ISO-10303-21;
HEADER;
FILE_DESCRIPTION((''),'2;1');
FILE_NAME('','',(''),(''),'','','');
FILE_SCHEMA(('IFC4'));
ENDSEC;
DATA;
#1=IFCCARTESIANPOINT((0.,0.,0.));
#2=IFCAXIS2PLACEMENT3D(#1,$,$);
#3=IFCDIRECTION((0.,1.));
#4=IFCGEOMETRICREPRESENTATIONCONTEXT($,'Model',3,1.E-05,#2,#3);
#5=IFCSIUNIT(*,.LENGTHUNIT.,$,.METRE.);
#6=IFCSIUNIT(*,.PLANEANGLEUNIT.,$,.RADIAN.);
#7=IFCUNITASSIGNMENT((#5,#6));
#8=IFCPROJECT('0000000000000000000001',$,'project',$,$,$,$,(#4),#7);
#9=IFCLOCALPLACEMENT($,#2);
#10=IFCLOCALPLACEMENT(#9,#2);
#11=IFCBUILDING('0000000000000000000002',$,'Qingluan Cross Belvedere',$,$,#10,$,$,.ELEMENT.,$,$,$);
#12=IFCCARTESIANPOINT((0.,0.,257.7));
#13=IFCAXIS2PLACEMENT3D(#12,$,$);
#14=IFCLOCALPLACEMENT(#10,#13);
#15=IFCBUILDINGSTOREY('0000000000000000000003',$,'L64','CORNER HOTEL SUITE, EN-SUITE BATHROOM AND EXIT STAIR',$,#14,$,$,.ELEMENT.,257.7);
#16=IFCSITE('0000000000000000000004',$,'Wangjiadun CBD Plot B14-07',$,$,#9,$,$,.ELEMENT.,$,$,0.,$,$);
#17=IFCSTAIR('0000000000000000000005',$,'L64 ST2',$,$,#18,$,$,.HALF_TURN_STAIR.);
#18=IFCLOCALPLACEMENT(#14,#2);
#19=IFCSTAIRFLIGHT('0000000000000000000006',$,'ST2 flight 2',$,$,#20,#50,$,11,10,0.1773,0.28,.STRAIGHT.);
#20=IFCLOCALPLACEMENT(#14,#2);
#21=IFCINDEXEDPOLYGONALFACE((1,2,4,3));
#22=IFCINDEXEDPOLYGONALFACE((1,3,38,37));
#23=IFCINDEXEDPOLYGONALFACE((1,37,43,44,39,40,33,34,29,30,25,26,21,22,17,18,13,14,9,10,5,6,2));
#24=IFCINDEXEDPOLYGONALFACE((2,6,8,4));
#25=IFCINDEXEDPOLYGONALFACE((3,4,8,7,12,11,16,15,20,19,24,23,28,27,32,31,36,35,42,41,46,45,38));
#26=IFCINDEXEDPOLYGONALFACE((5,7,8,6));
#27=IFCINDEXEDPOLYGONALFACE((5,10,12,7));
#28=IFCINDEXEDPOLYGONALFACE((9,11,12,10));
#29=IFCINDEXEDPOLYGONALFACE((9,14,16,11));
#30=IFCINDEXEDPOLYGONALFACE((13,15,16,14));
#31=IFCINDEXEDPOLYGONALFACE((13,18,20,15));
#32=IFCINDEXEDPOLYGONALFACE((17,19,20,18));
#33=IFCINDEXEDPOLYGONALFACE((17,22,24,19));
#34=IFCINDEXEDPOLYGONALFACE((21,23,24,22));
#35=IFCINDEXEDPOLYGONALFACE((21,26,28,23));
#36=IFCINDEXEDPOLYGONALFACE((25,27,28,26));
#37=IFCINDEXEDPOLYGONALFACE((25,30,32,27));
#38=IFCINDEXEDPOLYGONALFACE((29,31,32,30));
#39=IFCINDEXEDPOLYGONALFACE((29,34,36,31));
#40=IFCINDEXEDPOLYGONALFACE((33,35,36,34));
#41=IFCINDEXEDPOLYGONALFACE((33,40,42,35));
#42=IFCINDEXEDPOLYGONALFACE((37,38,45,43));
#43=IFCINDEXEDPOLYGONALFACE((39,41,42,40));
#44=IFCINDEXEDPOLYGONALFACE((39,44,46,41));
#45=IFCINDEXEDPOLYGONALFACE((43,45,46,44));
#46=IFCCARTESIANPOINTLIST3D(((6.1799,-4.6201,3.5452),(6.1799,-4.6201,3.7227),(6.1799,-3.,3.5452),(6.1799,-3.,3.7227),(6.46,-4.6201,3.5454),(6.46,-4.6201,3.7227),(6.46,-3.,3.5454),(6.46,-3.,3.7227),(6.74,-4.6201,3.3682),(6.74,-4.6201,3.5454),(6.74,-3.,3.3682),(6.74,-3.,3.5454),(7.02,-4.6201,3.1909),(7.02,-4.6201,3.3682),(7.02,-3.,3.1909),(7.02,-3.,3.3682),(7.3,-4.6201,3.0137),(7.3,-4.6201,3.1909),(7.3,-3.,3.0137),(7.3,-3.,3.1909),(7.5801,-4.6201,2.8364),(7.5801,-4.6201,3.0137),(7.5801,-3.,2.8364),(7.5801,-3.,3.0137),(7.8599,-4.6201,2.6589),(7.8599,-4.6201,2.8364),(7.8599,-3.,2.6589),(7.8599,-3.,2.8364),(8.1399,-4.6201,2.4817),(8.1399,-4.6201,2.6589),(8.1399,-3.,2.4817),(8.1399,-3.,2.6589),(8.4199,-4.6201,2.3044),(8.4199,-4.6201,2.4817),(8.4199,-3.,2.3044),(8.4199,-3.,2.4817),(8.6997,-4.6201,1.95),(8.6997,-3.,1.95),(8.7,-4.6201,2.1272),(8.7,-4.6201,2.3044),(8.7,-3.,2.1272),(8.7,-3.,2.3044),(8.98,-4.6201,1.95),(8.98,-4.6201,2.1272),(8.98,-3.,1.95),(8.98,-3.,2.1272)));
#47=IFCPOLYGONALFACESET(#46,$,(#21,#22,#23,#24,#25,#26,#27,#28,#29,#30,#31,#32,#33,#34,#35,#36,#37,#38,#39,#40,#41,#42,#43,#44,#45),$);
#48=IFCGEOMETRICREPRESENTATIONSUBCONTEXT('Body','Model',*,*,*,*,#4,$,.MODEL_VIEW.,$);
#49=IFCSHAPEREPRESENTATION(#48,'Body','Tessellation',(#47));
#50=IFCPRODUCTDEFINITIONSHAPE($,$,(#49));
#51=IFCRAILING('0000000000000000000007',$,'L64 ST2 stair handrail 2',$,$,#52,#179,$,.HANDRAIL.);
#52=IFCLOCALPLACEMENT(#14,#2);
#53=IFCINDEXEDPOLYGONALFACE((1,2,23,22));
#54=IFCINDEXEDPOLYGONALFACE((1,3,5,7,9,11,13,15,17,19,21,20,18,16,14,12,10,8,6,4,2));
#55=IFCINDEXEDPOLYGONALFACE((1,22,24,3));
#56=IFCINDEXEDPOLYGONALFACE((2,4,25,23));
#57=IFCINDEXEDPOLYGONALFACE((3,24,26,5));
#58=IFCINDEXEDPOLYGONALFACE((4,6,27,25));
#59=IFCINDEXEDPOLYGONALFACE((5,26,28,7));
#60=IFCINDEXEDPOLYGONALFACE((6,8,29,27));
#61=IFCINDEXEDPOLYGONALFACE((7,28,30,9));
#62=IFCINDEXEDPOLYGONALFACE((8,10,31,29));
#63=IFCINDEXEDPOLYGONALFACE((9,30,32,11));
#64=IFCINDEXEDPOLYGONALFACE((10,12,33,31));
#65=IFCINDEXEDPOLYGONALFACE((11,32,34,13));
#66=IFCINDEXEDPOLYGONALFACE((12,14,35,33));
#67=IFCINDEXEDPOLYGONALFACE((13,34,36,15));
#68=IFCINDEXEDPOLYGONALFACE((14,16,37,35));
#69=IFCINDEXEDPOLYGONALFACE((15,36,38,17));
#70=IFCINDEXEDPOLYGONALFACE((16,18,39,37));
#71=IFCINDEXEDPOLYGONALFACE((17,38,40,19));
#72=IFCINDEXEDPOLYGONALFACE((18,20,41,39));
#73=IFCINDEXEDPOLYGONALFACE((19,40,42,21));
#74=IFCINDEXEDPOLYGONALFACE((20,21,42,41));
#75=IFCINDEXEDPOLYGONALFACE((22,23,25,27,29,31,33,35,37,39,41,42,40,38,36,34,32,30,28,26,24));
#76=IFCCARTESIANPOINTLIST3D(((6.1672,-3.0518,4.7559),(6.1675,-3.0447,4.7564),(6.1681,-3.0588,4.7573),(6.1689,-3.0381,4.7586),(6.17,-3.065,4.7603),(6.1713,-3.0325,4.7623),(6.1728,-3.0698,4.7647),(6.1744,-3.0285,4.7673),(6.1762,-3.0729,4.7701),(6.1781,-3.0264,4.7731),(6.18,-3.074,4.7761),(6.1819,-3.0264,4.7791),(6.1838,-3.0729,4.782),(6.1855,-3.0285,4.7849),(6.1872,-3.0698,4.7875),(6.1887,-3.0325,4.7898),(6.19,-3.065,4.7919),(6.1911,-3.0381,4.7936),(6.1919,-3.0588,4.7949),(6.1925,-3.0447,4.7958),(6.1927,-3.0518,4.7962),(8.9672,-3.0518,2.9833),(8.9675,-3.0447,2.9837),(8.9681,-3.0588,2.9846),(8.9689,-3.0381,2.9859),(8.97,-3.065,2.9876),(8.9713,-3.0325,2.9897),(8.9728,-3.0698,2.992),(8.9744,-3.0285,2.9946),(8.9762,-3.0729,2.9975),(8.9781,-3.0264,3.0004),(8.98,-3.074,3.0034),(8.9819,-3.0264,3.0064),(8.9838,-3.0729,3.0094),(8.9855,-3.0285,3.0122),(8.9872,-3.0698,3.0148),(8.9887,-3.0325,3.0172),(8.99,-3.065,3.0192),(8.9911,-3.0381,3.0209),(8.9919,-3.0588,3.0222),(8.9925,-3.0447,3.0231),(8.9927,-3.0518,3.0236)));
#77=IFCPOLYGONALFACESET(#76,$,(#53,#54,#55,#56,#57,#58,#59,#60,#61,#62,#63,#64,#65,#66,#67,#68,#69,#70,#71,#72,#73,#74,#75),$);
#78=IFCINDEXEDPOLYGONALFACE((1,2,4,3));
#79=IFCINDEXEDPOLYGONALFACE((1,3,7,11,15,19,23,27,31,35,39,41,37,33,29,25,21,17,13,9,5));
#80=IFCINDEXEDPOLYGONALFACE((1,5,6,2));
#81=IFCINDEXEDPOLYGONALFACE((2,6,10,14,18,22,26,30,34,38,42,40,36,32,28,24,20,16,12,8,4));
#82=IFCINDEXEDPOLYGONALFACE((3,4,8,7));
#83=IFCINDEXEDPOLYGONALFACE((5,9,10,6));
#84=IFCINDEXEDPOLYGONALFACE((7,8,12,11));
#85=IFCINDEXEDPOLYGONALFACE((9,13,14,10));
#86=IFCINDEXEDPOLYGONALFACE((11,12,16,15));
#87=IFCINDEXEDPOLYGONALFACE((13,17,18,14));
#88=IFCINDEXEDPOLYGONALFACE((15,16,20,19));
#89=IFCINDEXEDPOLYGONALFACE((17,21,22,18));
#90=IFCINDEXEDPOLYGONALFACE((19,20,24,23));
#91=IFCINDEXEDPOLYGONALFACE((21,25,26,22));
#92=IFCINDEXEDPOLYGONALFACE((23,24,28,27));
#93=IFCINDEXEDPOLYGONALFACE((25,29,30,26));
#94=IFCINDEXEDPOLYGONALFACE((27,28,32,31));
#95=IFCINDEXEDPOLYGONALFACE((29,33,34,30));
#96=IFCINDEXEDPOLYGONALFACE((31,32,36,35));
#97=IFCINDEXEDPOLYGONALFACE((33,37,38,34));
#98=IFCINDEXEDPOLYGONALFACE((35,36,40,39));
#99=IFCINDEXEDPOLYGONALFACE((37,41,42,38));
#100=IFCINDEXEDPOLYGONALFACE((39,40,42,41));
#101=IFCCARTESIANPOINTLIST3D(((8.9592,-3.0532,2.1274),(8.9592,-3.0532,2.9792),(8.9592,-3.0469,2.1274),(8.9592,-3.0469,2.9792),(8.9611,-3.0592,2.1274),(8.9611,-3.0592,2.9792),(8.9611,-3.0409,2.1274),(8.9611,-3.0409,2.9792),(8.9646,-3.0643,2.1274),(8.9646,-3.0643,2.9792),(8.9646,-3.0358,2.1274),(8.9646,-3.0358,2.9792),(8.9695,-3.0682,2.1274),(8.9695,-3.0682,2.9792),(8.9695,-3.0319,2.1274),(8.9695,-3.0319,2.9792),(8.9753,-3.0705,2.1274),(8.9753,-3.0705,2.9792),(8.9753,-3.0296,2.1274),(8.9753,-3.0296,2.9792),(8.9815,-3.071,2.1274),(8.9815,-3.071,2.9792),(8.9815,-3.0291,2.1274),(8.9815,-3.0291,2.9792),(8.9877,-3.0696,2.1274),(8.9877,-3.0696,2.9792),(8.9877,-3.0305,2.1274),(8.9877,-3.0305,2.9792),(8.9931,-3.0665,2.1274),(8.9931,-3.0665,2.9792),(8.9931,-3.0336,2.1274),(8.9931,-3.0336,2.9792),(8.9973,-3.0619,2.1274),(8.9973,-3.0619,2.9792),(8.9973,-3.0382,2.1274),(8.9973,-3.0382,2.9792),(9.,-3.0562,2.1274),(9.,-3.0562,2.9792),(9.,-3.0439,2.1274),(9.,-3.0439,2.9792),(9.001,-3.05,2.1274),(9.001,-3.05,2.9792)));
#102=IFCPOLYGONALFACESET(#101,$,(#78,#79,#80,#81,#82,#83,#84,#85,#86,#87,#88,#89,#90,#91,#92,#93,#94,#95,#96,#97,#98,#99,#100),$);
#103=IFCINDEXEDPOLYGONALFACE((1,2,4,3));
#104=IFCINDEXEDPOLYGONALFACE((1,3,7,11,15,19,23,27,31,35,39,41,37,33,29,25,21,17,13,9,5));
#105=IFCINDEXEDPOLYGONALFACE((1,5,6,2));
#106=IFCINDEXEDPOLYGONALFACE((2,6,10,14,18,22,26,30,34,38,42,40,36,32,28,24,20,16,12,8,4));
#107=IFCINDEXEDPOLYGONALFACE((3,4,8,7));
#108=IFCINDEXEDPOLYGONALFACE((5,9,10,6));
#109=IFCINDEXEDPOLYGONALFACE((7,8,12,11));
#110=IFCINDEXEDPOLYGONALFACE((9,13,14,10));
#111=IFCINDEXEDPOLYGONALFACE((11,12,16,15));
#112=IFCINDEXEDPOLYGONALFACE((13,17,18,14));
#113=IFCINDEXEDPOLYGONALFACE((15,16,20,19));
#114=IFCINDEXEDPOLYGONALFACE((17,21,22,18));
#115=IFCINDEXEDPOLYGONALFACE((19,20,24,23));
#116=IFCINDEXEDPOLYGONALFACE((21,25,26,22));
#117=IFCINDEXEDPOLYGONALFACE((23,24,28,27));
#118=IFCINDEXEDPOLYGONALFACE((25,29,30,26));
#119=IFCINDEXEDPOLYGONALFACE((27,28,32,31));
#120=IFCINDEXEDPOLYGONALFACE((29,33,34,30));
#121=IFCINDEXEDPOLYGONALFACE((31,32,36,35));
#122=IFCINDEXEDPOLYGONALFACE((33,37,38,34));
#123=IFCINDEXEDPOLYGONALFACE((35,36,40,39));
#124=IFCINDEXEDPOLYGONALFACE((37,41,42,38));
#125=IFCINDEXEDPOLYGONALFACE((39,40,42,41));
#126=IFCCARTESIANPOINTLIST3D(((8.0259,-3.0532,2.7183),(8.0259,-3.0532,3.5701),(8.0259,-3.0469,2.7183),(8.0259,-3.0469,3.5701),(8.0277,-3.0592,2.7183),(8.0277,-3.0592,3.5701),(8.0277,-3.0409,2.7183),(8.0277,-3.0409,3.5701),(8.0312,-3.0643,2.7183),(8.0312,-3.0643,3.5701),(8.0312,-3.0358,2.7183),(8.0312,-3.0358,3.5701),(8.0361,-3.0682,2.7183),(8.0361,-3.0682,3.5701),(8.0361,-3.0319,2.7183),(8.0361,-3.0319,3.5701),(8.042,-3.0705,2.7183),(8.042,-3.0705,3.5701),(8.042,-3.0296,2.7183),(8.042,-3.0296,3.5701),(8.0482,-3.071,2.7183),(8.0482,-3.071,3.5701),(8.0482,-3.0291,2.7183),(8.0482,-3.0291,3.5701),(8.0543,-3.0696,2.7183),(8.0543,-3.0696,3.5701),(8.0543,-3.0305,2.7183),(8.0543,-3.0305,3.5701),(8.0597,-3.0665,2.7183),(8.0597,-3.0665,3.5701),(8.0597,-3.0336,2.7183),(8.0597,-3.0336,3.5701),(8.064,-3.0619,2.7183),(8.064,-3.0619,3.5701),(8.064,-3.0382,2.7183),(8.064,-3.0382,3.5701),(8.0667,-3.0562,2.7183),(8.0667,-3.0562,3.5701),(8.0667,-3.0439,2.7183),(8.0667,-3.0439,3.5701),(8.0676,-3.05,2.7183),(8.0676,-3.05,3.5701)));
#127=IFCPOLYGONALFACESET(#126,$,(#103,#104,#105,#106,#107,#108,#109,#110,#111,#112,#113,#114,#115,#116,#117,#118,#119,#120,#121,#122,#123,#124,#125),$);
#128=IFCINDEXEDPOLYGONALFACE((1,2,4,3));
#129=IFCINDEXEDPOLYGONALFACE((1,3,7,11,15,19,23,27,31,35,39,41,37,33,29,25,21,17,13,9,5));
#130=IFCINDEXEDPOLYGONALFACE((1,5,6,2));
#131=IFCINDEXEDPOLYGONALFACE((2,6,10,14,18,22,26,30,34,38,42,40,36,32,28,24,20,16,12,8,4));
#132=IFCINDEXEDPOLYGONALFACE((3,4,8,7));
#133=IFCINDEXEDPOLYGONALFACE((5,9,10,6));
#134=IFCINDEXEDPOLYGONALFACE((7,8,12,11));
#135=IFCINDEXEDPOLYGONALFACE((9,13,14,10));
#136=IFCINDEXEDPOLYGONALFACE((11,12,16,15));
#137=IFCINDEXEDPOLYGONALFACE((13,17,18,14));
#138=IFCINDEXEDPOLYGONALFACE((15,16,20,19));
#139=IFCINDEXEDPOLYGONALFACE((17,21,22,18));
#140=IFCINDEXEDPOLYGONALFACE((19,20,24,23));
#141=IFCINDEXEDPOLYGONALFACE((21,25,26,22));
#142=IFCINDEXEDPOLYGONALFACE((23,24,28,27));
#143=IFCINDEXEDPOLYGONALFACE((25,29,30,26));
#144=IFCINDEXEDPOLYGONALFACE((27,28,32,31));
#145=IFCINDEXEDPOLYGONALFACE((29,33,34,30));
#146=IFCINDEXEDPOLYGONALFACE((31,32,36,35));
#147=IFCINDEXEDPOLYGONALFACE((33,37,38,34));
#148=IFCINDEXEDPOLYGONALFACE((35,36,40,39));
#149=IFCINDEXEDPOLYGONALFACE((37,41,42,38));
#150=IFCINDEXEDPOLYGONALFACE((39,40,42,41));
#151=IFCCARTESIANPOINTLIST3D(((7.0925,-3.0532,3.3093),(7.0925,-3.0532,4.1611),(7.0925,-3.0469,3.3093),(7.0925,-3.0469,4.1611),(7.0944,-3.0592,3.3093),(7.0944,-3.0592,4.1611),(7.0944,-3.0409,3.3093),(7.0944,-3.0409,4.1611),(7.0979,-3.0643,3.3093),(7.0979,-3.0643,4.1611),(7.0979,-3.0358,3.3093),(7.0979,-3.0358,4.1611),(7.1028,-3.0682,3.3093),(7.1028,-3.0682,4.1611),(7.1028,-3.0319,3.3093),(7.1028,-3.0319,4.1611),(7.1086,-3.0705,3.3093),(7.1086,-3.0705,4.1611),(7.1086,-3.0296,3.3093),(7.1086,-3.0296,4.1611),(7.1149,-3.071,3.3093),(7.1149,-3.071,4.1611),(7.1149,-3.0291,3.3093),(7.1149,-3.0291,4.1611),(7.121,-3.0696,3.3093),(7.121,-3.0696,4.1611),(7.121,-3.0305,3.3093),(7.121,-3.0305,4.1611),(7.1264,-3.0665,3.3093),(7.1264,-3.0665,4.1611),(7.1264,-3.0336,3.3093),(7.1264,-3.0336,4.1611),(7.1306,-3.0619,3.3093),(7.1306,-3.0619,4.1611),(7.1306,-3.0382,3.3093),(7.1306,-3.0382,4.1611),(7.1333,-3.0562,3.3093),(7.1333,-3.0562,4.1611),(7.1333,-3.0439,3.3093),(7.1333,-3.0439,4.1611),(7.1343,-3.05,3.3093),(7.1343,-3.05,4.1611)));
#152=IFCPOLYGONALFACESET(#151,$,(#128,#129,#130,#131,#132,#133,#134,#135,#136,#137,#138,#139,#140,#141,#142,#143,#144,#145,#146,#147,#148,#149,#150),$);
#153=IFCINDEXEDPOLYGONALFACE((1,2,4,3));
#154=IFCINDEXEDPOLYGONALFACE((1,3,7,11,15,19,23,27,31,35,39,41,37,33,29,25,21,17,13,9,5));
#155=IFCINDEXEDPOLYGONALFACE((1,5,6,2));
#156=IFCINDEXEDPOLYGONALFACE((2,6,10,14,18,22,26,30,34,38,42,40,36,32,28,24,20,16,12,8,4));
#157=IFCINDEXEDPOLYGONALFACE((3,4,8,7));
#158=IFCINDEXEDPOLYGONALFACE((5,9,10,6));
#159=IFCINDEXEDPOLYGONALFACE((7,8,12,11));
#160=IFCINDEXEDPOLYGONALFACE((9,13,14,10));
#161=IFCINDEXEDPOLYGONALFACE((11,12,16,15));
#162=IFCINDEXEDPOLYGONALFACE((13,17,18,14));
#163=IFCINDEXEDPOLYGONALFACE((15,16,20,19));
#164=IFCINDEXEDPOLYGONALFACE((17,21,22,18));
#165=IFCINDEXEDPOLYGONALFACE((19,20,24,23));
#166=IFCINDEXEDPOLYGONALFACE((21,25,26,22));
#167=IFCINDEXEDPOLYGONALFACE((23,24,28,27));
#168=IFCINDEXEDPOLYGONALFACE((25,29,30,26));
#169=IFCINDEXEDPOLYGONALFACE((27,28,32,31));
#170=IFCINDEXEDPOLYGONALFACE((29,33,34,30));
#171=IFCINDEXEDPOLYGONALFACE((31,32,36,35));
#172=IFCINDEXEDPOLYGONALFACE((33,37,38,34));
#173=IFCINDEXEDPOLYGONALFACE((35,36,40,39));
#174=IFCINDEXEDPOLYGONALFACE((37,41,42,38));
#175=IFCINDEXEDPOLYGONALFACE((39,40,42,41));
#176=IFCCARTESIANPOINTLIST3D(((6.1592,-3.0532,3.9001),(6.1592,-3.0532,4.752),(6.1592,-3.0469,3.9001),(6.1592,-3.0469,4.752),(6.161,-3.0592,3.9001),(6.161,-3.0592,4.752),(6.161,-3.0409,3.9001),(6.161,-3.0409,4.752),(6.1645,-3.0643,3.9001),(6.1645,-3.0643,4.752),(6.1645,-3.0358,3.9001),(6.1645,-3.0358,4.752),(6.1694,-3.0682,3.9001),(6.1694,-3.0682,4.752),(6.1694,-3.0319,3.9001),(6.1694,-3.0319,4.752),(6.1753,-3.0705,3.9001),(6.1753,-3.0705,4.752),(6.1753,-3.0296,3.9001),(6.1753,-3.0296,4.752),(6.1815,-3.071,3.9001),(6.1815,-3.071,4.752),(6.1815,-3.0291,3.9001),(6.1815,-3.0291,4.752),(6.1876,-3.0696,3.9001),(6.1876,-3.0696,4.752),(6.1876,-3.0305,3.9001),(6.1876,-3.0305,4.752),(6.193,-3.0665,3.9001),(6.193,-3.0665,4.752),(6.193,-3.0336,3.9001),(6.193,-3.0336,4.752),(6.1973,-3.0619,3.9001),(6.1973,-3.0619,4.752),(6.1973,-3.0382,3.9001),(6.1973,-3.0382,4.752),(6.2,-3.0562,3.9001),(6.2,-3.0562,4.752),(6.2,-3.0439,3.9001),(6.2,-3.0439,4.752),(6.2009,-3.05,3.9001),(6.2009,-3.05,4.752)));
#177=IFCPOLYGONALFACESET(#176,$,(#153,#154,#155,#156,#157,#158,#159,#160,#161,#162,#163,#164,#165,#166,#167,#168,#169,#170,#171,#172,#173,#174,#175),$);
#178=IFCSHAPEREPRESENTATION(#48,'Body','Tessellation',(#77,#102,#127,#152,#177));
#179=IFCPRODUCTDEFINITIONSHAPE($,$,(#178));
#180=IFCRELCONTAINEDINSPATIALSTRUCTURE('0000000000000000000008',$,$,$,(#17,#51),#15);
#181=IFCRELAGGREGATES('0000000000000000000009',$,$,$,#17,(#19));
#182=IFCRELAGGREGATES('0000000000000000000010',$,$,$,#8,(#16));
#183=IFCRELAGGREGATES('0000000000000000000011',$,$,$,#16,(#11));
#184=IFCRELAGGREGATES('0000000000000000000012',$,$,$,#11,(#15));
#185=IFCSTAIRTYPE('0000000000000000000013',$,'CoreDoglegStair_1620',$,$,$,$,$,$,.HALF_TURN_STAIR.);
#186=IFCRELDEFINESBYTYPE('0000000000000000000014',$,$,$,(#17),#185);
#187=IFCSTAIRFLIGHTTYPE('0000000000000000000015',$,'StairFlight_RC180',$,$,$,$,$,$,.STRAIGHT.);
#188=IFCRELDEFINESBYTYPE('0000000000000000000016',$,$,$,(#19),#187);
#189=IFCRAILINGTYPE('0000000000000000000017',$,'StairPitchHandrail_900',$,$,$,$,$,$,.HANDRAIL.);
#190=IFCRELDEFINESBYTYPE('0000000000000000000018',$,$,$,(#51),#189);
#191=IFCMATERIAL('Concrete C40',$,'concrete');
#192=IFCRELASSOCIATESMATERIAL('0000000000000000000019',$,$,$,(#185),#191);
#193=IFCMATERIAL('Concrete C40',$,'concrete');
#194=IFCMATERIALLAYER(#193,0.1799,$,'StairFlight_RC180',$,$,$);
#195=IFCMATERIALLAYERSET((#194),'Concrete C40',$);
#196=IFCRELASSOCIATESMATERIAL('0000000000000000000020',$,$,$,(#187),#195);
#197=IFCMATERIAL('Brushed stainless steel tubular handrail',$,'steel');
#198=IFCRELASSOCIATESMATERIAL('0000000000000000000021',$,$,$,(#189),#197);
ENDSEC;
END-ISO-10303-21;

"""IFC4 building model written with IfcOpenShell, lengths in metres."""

from ifc_helpers import new_model, si_unit, direction, frame, origin, origin_2d, place, context, subcontext, project, spatial, polyline, circle, outline, extrude, material, layer, layer_set, type_object, element, aggregate, save


model = new_model("IFC4")

# Units and contexts
model_context = context("Model", 3, precision=1e-05, world=origin(), true_north=direction((0.0, 1.0)))
body_context = subcontext(model_context, "Body", "Model", "MODEL_VIEW")
ifc_project = project(units=[si_unit("LENGTHUNIT", "METRE"), si_unit("PLANEANGLEUNIT", "RADIAN")], contexts=[model_context])

# Site, building, storey
site_placement = place(None, origin())
site = spatial("IfcSite", under=ifc_project, at=site_placement, Name="Wangjiadun CBD Plot B14-07", CompositionType="ELEMENT", RefElevation=0.0)
building_placement = place(site_placement, origin())
building = spatial("IfcBuilding", under=site, at=building_placement, Name="Qingluan Cross Belvedere", CompositionType="ELEMENT")
storey_placement = place(building_placement, frame((0.0, 0.0, 257.7)))
storey = spatial("IfcBuildingStorey", under=building, at=storey_placement, Name="L64", Description="CORNER HOTEL SUITE, EN-SUITE BATHROOM AND EXIT STAIR", CompositionType="ELEMENT", Elevation=257.7)

# Stair, stair flight
ifc_material_1 = material(Name="Concrete C40", Category="concrete")
stair_type = type_object("IfcStairType", Name="CoreDoglegStair_1620", PredefinedType="HALF_TURN_STAIR", material=ifc_material_1)
stair_placement = place(storey_placement, origin())
stair = element("IfcStair", 1, at=stair_placement, inside=storey, type_object=stair_type, Name="L64 ST2", PredefinedType="HALF_TURN_STAIR")
ifc_material_2 = material(Name="Concrete C40", Category="concrete")
ifc_layer_1 = layer(ifc_material_2, 0.1799, Name="StairFlight_RC180")
ifc_layer_set_1 = layer_set([ifc_layer_1], Name="Concrete C40")
stair_flight_type = type_object("IfcStairFlightType", Name="StairFlight_RC180", PredefinedType="STRAIGHT", material=ifc_layer_set_1)
stair_flight_placement = place(storey_placement, frame((8.98, -3.8101, 1.95), z_axis=(0.0, 0.0, 1.0), x_axis=(-1.0, 0.0, 0.0)))
stair_flight = element("IfcStairFlight", 2, at=stair_flight_placement, type_object=stair_flight_type, Name="ST2 flight 2", NumberOfRisers=11, NumberOfTreads=10, PredefinedType="STRAIGHT", RiserHeight=0.1773, TreadLength=0.28, context=body_context, shape_type="SweptSolid", body=[
    extrude(outline(polyline([(0.0, 0.0), (0.0, 0.1772), (0.28, 0.1772), (0.28, 0.3545), (0.5601, 0.3545), (0.5601, 0.5317), (0.8401, 0.5317), (0.8401, 0.709), (1.1201, 0.709), (1.1201, 0.8865), (1.3999, 0.8865), (1.3999, 1.0637), (1.6799, 1.0637), (1.6799, 1.241), (1.96, 1.241), (1.96, 1.4182), (2.24, 1.4182), (2.24, 1.5955), (2.52, 1.5955), (2.52, 1.7727), (2.8, 1.7727), (2.8, 1.95), (2.8, 1.5952), (0.2803, 0.0), (0.0, 0.0)])), frame((0.0, 0.8101, 0.0), z_axis=(0.0, -1.0, 0.0), x_axis=(1.0, 0.0, 0.0)), (0.0, 0.0, 1.0), 1.6201),
])
aggregate(stair, [stair_flight])

# Railing
ifc_material_3 = material(Name="Brushed stainless steel tubular handrail", Category="steel")
railing_type_1 = type_object("IfcRailingType", Name="StairPitchHandrail_900", PredefinedType="HANDRAIL", material=ifc_material_3)
railing_1_placement = place(storey_placement, frame((8.98, -3.05, 2.1274)))
element("IfcRailing", 3, at=railing_1_placement, inside=storey, type_object=railing_type_1, Name="L64 ST2 stair handrail 2", PredefinedType="HANDRAIL", context=body_context, shape_type="SweptSolid", body=[
    extrude(circle(Radius=0.0239, at=origin_2d()), frame((0.0, 0.0, 0.876), z_axis=(-0.844909, 0.0, 0.53491), x_axis=(0.0, -1.0, 0.0)), (0.0, 0.0, 1.0), 3.314),
    extrude(circle(Radius=0.021, at=origin_2d()), origin(), (0.0, 0.0, 1.0), 0.8518),
    extrude(circle(Radius=0.021, at=origin_2d()), frame((-0.9333, 0.0, 0.5908)), (0.0, 0.0, 1.0), 0.8518),
    extrude(circle(Radius=0.021, at=origin_2d()), frame((-1.8667, 0.0, 1.1819)), (0.0, 0.0, 1.0), 0.8518),
    extrude(circle(Radius=0.021, at=origin_2d()), frame((-2.8, 0.0, 1.7727)), (0.0, 0.0, 1.0), 0.8518),
])

save(model, "model.ifc")
